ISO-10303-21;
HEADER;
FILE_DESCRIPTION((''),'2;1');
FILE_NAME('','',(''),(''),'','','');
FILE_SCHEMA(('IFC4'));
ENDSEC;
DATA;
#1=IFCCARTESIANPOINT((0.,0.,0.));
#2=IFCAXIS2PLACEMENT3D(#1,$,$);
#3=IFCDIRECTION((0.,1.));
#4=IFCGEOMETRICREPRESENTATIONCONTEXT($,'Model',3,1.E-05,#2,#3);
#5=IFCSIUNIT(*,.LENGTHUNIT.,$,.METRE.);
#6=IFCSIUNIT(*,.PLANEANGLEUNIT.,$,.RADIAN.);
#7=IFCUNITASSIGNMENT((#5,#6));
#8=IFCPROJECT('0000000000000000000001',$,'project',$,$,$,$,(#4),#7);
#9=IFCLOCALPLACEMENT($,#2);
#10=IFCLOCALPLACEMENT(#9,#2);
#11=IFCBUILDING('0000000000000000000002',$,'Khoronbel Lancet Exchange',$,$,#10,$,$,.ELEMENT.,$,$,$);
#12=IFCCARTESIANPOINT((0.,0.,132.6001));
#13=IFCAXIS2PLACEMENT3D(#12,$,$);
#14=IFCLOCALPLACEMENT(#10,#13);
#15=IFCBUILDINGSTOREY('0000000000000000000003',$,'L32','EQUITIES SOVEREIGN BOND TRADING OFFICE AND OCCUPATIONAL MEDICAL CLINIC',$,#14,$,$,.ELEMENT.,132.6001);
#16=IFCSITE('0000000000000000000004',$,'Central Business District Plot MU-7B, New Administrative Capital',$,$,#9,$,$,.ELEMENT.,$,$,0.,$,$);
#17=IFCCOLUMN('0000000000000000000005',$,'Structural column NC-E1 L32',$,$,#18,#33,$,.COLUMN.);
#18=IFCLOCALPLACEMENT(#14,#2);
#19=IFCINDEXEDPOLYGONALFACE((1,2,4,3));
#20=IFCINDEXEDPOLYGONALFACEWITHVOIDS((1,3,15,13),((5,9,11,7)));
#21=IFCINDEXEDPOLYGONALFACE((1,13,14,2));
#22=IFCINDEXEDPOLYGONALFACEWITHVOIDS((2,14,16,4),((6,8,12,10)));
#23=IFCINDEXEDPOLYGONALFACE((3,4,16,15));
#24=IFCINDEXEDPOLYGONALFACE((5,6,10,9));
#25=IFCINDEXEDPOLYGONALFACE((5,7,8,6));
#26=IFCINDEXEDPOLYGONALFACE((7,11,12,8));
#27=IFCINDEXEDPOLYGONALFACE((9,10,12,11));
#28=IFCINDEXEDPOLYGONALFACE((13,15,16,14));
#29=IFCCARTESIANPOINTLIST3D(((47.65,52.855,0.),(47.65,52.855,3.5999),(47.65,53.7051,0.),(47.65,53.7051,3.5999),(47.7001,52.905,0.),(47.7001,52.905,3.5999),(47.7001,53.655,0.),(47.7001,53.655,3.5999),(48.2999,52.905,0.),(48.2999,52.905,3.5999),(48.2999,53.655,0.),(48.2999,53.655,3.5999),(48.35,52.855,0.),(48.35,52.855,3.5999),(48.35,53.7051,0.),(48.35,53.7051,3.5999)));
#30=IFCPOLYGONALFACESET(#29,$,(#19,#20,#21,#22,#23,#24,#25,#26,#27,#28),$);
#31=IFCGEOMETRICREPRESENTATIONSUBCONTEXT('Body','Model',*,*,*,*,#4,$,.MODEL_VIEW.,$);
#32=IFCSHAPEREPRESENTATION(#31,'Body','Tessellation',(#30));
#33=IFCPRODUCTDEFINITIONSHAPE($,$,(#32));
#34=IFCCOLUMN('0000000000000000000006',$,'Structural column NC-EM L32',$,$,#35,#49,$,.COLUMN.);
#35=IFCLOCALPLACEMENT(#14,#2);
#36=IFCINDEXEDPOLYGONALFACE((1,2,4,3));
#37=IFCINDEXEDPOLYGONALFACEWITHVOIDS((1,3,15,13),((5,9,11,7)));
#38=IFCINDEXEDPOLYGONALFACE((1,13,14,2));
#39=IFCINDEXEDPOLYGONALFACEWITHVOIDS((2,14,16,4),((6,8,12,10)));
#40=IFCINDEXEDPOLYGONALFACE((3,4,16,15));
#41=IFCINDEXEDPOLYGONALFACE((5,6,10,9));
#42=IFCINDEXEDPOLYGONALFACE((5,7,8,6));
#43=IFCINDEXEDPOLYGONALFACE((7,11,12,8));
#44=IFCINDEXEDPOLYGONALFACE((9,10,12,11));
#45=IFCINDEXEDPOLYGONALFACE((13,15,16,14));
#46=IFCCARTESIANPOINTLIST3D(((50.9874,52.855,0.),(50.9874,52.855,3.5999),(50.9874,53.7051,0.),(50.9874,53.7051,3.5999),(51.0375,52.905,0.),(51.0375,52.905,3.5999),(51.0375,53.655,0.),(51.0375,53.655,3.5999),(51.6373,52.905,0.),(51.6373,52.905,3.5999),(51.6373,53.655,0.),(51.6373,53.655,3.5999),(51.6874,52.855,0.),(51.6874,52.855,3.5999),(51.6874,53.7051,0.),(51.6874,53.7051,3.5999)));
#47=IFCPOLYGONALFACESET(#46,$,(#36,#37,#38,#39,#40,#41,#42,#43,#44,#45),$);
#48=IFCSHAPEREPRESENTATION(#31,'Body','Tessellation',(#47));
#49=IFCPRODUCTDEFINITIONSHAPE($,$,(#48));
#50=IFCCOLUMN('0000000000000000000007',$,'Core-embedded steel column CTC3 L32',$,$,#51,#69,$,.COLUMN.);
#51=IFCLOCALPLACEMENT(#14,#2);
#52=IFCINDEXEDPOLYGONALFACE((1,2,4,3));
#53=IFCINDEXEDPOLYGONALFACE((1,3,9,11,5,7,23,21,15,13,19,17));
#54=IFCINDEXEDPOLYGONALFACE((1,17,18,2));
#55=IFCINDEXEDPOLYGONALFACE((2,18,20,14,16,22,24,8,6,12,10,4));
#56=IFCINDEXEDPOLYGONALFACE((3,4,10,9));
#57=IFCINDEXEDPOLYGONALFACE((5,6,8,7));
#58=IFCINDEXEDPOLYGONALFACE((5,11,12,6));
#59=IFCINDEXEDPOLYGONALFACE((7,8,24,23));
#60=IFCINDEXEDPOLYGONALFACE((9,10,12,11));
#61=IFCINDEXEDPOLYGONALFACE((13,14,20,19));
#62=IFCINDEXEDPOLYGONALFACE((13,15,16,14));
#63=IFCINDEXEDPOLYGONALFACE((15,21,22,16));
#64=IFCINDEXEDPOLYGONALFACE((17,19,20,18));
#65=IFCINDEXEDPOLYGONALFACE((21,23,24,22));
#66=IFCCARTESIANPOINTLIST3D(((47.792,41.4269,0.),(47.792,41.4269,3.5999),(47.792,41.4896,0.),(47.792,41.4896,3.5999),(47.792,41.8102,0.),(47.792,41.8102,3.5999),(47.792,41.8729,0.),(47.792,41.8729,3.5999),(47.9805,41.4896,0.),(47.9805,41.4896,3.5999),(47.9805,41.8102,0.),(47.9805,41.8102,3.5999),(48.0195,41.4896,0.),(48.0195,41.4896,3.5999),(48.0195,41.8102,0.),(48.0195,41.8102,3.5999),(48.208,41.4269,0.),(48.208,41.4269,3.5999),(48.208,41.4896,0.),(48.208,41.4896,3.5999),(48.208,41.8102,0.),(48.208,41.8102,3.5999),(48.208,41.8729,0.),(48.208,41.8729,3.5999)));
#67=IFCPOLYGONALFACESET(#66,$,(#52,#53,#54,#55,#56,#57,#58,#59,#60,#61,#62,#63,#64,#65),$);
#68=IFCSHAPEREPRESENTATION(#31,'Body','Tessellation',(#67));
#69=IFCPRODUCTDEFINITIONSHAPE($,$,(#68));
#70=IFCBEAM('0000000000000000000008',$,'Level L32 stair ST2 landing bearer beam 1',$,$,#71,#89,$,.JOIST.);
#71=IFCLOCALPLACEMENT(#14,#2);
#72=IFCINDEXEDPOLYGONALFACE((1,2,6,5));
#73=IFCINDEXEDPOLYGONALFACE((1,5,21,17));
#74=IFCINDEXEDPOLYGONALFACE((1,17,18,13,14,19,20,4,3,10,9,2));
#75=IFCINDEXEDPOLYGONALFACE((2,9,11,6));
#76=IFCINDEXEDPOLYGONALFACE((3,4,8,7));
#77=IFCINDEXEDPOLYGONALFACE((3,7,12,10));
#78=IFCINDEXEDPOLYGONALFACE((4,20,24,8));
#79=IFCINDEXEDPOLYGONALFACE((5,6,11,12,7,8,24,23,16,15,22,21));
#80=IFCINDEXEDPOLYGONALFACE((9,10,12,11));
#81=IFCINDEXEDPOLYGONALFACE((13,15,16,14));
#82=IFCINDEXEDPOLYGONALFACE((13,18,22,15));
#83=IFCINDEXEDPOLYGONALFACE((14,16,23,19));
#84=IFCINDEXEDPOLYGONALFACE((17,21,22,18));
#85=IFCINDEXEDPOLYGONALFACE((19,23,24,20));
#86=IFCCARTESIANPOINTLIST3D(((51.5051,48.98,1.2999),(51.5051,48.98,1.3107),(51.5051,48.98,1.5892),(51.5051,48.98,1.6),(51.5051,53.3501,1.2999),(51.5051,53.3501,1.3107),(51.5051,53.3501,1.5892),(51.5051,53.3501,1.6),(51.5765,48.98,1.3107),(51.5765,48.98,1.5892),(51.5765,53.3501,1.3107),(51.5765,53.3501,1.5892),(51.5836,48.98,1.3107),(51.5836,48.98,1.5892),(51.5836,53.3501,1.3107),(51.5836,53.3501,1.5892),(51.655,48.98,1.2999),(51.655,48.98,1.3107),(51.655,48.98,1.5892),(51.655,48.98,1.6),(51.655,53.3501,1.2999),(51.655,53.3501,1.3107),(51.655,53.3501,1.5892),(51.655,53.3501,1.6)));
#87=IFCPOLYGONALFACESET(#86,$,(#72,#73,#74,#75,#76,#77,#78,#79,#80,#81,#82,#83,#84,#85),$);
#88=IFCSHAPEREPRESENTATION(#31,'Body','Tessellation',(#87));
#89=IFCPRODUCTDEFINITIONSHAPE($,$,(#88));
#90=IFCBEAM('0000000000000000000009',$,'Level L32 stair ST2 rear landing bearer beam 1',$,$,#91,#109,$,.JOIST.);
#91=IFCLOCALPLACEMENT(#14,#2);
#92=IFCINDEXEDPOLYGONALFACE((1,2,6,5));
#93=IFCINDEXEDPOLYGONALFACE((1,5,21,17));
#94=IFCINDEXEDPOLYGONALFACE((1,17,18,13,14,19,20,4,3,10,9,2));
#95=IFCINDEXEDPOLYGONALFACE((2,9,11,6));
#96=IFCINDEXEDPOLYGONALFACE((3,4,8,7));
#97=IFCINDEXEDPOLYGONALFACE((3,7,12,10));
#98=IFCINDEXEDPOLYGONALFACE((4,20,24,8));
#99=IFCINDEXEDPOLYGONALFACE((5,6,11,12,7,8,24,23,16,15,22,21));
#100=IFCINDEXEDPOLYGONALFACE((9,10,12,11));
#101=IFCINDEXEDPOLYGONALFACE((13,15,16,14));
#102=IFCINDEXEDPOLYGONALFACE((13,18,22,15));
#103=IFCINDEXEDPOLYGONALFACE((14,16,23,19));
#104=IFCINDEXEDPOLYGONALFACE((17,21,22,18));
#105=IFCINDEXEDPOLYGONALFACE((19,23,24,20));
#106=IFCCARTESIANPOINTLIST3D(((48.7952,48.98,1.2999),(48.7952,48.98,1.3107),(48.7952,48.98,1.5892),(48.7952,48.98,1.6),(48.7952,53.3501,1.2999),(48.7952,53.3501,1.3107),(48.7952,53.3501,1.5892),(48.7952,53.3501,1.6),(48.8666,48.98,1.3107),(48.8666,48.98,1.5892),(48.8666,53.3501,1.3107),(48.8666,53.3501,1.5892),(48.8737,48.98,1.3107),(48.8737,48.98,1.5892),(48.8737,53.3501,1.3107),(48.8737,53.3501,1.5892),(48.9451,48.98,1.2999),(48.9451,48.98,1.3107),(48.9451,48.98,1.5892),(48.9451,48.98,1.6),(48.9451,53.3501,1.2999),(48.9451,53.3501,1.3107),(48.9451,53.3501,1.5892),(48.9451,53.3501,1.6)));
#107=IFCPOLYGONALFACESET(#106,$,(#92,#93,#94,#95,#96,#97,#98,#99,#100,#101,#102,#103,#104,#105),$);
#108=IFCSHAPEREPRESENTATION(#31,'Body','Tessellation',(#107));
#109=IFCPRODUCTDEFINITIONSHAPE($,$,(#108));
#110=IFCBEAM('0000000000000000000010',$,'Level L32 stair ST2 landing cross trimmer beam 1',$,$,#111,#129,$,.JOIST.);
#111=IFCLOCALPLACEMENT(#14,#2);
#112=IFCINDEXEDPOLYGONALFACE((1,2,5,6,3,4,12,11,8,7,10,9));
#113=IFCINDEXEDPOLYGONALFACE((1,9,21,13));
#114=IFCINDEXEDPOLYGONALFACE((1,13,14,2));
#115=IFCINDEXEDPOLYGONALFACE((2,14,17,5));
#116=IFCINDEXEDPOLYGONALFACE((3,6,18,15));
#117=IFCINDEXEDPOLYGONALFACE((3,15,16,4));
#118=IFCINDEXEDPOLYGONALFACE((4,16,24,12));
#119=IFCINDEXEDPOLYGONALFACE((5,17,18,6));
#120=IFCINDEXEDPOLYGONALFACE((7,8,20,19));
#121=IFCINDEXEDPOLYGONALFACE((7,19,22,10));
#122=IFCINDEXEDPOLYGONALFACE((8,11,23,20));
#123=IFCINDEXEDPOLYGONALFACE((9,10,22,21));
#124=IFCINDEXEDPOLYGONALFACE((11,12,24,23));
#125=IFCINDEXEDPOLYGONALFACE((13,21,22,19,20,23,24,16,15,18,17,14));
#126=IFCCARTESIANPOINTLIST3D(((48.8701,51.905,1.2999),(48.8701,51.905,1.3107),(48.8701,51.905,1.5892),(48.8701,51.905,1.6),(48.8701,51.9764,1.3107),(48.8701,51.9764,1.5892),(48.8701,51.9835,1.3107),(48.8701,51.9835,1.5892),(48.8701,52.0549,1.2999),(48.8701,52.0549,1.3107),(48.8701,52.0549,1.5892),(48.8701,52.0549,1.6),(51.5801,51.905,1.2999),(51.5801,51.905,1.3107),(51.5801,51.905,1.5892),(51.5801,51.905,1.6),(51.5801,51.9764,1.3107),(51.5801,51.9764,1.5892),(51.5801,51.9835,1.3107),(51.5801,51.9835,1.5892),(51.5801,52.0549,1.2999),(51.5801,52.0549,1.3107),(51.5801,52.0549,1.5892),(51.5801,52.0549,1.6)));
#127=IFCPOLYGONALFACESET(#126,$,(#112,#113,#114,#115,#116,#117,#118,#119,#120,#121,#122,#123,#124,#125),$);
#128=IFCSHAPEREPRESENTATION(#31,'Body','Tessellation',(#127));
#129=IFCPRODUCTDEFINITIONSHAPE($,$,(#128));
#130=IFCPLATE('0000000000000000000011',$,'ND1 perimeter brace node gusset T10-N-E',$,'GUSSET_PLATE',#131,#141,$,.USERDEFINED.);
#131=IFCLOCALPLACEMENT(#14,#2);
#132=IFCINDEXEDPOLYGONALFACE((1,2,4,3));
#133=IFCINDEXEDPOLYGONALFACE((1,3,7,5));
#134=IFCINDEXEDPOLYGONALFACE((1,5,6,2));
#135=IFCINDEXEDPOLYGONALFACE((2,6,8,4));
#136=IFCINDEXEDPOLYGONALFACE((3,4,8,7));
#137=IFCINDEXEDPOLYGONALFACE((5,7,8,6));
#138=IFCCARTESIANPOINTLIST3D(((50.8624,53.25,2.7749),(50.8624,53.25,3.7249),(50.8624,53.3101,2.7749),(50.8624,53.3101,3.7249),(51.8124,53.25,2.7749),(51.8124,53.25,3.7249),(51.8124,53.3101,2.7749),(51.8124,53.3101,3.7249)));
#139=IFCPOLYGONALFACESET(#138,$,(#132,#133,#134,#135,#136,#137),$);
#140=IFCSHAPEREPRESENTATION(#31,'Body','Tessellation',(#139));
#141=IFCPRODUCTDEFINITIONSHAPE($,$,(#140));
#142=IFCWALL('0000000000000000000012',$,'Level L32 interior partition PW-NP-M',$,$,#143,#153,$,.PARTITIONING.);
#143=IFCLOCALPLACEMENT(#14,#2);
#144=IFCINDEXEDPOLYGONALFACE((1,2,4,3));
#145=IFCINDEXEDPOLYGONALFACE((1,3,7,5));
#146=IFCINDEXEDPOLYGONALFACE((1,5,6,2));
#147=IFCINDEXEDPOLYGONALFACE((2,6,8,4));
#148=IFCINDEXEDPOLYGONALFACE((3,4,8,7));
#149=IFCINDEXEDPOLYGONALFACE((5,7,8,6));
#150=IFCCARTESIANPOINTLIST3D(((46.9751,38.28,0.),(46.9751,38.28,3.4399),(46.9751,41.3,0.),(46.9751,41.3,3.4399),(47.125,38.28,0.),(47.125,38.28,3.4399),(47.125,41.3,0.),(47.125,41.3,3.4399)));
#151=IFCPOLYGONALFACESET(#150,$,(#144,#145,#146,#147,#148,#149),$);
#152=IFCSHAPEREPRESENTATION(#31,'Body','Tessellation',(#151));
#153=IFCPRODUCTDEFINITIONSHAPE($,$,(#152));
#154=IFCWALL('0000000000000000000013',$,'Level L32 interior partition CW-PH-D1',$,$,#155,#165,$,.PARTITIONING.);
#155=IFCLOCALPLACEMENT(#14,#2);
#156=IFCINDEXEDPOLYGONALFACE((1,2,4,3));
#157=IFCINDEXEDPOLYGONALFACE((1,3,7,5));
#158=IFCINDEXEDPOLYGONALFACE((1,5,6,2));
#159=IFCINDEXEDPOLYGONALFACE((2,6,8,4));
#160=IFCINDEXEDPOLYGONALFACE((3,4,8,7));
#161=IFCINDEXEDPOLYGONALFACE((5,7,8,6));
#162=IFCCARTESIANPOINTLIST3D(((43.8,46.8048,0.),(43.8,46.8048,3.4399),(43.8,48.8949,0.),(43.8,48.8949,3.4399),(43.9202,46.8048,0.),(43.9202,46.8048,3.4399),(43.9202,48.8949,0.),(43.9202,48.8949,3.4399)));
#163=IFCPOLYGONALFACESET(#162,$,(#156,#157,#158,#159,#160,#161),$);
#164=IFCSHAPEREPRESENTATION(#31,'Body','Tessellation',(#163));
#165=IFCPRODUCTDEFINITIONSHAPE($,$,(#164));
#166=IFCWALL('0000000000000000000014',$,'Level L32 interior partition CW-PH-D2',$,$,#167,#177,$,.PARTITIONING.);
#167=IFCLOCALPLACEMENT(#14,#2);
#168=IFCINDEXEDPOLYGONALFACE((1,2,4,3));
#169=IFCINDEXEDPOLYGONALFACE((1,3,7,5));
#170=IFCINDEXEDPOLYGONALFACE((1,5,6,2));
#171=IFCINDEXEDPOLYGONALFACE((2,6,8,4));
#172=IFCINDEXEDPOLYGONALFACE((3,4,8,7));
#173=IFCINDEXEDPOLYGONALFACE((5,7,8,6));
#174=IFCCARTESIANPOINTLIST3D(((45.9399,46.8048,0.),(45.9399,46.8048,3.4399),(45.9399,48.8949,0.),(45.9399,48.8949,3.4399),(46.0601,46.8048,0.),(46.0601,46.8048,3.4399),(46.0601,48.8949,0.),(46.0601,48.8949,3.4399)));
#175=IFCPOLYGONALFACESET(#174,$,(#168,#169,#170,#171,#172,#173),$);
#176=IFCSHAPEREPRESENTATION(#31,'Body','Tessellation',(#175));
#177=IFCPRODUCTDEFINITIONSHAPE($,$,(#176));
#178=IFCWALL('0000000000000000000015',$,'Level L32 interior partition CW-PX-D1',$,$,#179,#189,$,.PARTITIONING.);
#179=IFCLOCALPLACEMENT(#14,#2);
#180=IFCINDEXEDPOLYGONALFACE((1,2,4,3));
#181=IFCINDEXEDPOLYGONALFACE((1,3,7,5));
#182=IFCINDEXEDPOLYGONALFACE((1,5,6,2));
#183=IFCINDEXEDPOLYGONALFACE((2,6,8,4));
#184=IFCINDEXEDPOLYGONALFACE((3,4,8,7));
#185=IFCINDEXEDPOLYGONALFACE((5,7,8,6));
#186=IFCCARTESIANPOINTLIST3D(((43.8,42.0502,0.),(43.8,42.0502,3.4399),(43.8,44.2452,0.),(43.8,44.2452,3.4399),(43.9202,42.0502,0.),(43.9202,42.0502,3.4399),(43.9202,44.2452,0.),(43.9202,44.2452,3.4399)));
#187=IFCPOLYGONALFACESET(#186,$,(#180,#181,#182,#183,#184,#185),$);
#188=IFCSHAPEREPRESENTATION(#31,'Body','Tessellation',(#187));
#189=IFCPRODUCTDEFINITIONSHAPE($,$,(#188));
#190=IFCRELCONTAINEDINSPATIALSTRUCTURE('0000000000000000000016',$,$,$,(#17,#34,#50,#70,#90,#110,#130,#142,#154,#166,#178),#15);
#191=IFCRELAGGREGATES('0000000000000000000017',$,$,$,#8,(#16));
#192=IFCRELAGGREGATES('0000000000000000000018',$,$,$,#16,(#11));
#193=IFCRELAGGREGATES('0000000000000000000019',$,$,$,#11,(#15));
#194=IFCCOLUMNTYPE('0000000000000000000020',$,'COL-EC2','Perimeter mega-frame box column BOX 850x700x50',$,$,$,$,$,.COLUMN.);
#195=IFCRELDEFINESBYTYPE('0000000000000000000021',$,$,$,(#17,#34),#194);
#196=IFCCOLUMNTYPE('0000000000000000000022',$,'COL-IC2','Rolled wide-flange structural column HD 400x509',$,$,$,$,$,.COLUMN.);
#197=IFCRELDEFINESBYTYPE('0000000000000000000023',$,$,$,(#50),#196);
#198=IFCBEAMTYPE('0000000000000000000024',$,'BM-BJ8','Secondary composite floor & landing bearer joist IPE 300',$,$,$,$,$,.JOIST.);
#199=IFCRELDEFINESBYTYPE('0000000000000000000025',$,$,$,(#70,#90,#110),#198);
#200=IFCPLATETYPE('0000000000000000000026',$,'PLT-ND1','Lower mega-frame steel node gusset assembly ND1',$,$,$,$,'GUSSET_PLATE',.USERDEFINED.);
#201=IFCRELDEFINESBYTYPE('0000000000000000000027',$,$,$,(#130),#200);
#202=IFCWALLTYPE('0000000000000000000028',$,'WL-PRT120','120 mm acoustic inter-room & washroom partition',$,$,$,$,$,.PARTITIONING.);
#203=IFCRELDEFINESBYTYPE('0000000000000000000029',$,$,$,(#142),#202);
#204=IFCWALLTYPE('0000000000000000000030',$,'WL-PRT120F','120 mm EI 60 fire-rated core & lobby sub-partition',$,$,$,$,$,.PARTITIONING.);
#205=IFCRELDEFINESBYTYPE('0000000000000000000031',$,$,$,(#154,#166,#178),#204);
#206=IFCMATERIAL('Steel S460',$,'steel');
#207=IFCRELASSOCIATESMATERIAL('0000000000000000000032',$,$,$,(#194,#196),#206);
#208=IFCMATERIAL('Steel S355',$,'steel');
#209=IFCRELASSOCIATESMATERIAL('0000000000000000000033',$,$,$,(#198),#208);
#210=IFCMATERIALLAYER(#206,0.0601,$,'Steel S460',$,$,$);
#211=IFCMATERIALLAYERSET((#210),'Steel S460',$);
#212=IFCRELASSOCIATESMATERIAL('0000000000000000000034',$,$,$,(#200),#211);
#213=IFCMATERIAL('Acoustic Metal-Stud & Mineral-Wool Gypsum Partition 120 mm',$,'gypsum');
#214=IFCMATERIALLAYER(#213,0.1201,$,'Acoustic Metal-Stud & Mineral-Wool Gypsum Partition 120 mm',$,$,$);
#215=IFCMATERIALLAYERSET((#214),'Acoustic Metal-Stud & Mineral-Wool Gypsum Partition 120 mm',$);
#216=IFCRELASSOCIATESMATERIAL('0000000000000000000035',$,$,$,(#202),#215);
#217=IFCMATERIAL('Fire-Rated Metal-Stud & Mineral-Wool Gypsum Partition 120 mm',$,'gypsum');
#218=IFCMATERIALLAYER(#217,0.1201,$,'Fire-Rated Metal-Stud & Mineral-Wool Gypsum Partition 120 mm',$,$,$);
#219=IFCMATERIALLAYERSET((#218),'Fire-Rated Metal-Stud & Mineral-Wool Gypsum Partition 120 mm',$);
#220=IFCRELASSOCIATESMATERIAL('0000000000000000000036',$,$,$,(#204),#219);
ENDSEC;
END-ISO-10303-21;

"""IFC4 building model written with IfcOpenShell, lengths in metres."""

from ifc_helpers import new_model, si_unit, direction, frame, frame_2d, origin, origin_2d, place, context, subcontext, project, spatial, rectangle, hollow_rectangle, i_section, extrude, material, layer, layer_set, material_profile, profile_set, type_object, element, save


model = new_model("IFC4")

# Units and contexts
model_context = context("Model", 3, precision=1e-05, world=origin(), true_north=direction((0.0, 1.0)))
body_context = subcontext(model_context, "Body", "Model", "MODEL_VIEW")
ifc_project = project(units=[si_unit("LENGTHUNIT", "METRE"), si_unit("PLANEANGLEUNIT", "RADIAN")], contexts=[model_context])

# Site, building, storey
site_placement = place(None, origin())
site = spatial("IfcSite", under=ifc_project, at=site_placement, Name="Central Business District Plot MU-7B, New Administrative Capital", CompositionType="ELEMENT", RefElevation=0.0)
building_placement = place(site_placement, origin())
building = spatial("IfcBuilding", under=site, at=building_placement, Name="Khoronbel Lancet Exchange", CompositionType="ELEMENT")
storey_placement = place(building_placement, frame((0.0, 0.0, 132.6001)))
storey = spatial("IfcBuildingStorey", under=building, at=storey_placement, Name="L32", Description="EQUITIES SOVEREIGN BOND TRADING OFFICE AND OCCUPATIONAL MEDICAL CLINIC", CompositionType="ELEMENT", Elevation=132.6001)

# Columns
ifc_material_1 = material(Name="Steel S460", Category="steel")
ifc_material_profile_1 = material_profile(ifc_material_1, hollow_rectangle(XDim=0.7, YDim=0.8501, WallThickness=0.05, at=origin_2d()), Name="BOX 850x700x50")
ifc_profile_set_1 = profile_set([ifc_material_profile_1], Name="Steel S460")
column_type_1 = type_object("IfcColumnType", Name="COL-EC2", Description="Perimeter mega-frame box column BOX 850x700x50", PredefinedType="COLUMN", material=ifc_profile_set_1)
for number, where, z_axis, x_axis, name in (
    (1, (48.0, 53.28, 0.0), (0.0, 0.0, 1.0), (1.0, 0.0, 0.0), "Structural column NC-E1 L32"),
    (2, (51.3374, 53.28, 0.0), (0.0, 0.0, 1.0), (1.0, 0.0, 0.0), "Structural column NC-EM L32"),
):
    element("IfcColumn", number, at=place(storey_placement, frame(where, z_axis=z_axis, x_axis=x_axis)), inside=storey, type_object=column_type_1, Name=name, PredefinedType="COLUMN", context=body_context, shape_type="SweptSolid", body=[
        extrude(hollow_rectangle(XDim=0.7, YDim=0.8501, WallThickness=0.05, at=origin_2d()), origin(), (0.0, 0.0, 1.0), 3.5999),
    ])
ifc_material_profile_2 = material_profile(ifc_material_1, i_section(OverallWidth=0.416, OverallDepth=0.446, WebThickness=0.0391, FlangeThickness=0.0627, at=origin_2d()), Name="HD 400x509")
ifc_profile_set_2 = profile_set([ifc_material_profile_2], Name="Steel S460")
column_type_2 = type_object("IfcColumnType", Name="COL-IC2", Description="Rolled wide-flange structural column HD 400x509", PredefinedType="COLUMN", material=ifc_profile_set_2)
column_placement = place(storey_placement, frame((48.0, 41.6499, 0.0), z_axis=(0.0, 0.0, 1.0), x_axis=(1.0, 0.0, 0.0)))
element("IfcColumn", 3, at=column_placement, inside=storey, type_object=column_type_2, Name="Core-embedded steel column CTC3 L32", PredefinedType="COLUMN", context=body_context, shape_type="SweptSolid", body=[
    extrude(i_section(OverallWidth=0.416, OverallDepth=0.446, WebThickness=0.0391, FlangeThickness=0.0627, at=origin_2d()), origin(), (0.0, 0.0, 1.0), 3.5999),
])

# Beams
ifc_material_2 = material(Name="Steel S355", Category="steel")
ifc_material_profile_3 = material_profile(ifc_material_2, i_section(OverallWidth=0.1499, OverallDepth=0.3, WebThickness=0.0071, FlangeThickness=0.0107, at=origin_2d()), Name="IPE 300")
ifc_profile_set_3 = profile_set([ifc_material_profile_3], Name="Steel S355")
beam_type = type_object("IfcBeamType", Name="BM-BJ8", Description="Secondary composite floor & landing bearer joist IPE 300", PredefinedType="JOIST", material=ifc_profile_set_3)
for number, where, z_axis, x_axis, name in (
    (4, (51.5801, 48.98, 1.45), (0.0, 1.0, 0.0), (-1.0, 0.0, 0.0), "Level L32 stair ST2 landing bearer beam 1"),
    (5, (48.8701, 48.98, 1.45), (0.0, 1.0, 0.0), (-1.0, 0.0, 0.0), "Level L32 stair ST2 rear landing bearer beam 1"),
):
    element("IfcBeam", number, at=place(storey_placement, frame(where, z_axis=z_axis, x_axis=x_axis)), inside=storey, type_object=beam_type, Name=name, PredefinedType="JOIST", context=body_context, shape_type="SweptSolid", body=[
        extrude(i_section(OverallWidth=0.1499, OverallDepth=0.3, WebThickness=0.0071, FlangeThickness=0.0107, at=origin_2d()), origin(), (0.0, 0.0, 1.0), 4.3701),
    ])
beam_placement = place(storey_placement, frame((48.8701, 51.98, 1.45), z_axis=(1.0, 0.0, 0.0), x_axis=(0.0, 1.0, 0.0)))
element("IfcBeam", 6, at=beam_placement, inside=storey, type_object=beam_type, Name="Level L32 stair ST2 landing cross trimmer beam 1", PredefinedType="JOIST", context=body_context, shape_type="SweptSolid", body=[
    extrude(i_section(OverallWidth=0.1499, OverallDepth=0.3, WebThickness=0.0071, FlangeThickness=0.0107, at=origin_2d()), origin(), (0.0, 0.0, 1.0), 2.71),
])

# Plate
ifc_layer_1 = layer(ifc_material_1, 0.0601, Name="Steel S460")
ifc_layer_set_1 = layer_set([ifc_layer_1], Name="Steel S460")
plate_type = type_object("IfcPlateType", Name="PLT-ND1", Description="Lower mega-frame steel node gusset assembly ND1", ElementType="GUSSET_PLATE", PredefinedType="USERDEFINED", material=ifc_layer_set_1)
plate_placement = place(storey_placement, frame((51.3374, 53.28, 2.7749), z_axis=(0.0, 0.0, 1.0), x_axis=(1.0, 0.0, 0.0)))
element("IfcPlate", 7, at=plate_placement, inside=storey, type_object=plate_type, Name="ND1 perimeter brace node gusset T10-N-E", ObjectType="GUSSET_PLATE", PredefinedType="USERDEFINED", context=body_context, shape_type="SweptSolid", body=[
    extrude(rectangle(XDim=0.95, YDim=0.0601, at=origin_2d()), origin(), (0.0, 0.0, 1.0), 0.95),
])

# Walls
ifc_material_3 = material(Name="Acoustic Metal-Stud & Mineral-Wool Gypsum Partition 120 mm", Category="gypsum")
ifc_layer_2 = layer(ifc_material_3, 0.1201, Name="Acoustic Metal-Stud & Mineral-Wool Gypsum Partition 120 mm")
ifc_layer_set_2 = layer_set([ifc_layer_2], Name="Acoustic Metal-Stud & Mineral-Wool Gypsum Partition 120 mm")
wall_type_1 = type_object("IfcWallType", Name="WL-PRT120", Description="120 mm acoustic inter-room & washroom partition", PredefinedType="PARTITIONING", material=ifc_layer_set_2)
wall_1_placement = place(storey_placement, frame((47.05, 38.28, 0.0), z_axis=(0.0, 0.0, 1.0), x_axis=(0.0, 1.0, 0.0)))
element("IfcWall", 8, at=wall_1_placement, inside=storey, type_object=wall_type_1, Name="Level L32 interior partition PW-NP-M", PredefinedType="PARTITIONING", context=body_context, shape_type="SweptSolid", body=[
    extrude(rectangle(XDim=3.02, YDim=0.1499, at=frame_2d((1.51, 0.0))), origin(), (0.0, 0.0, 1.0), 3.4399),
])
ifc_material_4 = material(Name="Fire-Rated Metal-Stud & Mineral-Wool Gypsum Partition 120 mm", Category="gypsum")
ifc_layer_3 = layer(ifc_material_4, 0.1201, Name="Fire-Rated Metal-Stud & Mineral-Wool Gypsum Partition 120 mm")
ifc_layer_set_3 = layer_set([ifc_layer_3], Name="Fire-Rated Metal-Stud & Mineral-Wool Gypsum Partition 120 mm")
wall_type_2 = type_object("IfcWallType", Name="WL-PRT120F", Description="120 mm EI 60 fire-rated core & lobby sub-partition", PredefinedType="PARTITIONING", material=ifc_layer_set_3)
for number, where, z_axis, x_axis, name in (
    (9, (43.8601, 46.8049, 0.0), (0.0, 0.0, 1.0), (0.0, 1.0, 0.0), "Level L32 interior partition CW-PH-D1"),
    (10, (46.0, 46.8049, 0.0), (0.0, 0.0, 1.0), (0.0, 1.0, 0.0), "Level L32 interior partition CW-PH-D2"),
):
    element("IfcWall", number, at=place(storey_placement, frame(where, z_axis=z_axis, x_axis=x_axis)), inside=storey, type_object=wall_type_2, Name=name, PredefinedType="PARTITIONING", context=body_context, shape_type="SweptSolid", body=[
        extrude(rectangle(XDim=2.0901, YDim=0.1201, at=frame_2d((1.0449, 0.0))), origin(), (0.0, 0.0, 1.0), 3.4399),
    ])
for number, where, z_axis, x_axis, name in (
    (11, (43.8601, 42.05, 0.0), (0.0, 0.0, 1.0), (0.0, 1.0, 0.0), "Level L32 interior partition CW-PX-D1"),
):
    element("IfcWall", number, at=place(storey_placement, frame(where, z_axis=z_axis, x_axis=x_axis)), inside=storey, type_object=wall_type_2, Name=name, PredefinedType="PARTITIONING", context=body_context, shape_type="SweptSolid", body=[
        extrude(rectangle(XDim=2.1951, YDim=0.1201, at=frame_2d((1.0977, 0.0))), origin(), (0.0, 0.0, 1.0), 3.4399),
    ])

save(model, "model.ifc")
